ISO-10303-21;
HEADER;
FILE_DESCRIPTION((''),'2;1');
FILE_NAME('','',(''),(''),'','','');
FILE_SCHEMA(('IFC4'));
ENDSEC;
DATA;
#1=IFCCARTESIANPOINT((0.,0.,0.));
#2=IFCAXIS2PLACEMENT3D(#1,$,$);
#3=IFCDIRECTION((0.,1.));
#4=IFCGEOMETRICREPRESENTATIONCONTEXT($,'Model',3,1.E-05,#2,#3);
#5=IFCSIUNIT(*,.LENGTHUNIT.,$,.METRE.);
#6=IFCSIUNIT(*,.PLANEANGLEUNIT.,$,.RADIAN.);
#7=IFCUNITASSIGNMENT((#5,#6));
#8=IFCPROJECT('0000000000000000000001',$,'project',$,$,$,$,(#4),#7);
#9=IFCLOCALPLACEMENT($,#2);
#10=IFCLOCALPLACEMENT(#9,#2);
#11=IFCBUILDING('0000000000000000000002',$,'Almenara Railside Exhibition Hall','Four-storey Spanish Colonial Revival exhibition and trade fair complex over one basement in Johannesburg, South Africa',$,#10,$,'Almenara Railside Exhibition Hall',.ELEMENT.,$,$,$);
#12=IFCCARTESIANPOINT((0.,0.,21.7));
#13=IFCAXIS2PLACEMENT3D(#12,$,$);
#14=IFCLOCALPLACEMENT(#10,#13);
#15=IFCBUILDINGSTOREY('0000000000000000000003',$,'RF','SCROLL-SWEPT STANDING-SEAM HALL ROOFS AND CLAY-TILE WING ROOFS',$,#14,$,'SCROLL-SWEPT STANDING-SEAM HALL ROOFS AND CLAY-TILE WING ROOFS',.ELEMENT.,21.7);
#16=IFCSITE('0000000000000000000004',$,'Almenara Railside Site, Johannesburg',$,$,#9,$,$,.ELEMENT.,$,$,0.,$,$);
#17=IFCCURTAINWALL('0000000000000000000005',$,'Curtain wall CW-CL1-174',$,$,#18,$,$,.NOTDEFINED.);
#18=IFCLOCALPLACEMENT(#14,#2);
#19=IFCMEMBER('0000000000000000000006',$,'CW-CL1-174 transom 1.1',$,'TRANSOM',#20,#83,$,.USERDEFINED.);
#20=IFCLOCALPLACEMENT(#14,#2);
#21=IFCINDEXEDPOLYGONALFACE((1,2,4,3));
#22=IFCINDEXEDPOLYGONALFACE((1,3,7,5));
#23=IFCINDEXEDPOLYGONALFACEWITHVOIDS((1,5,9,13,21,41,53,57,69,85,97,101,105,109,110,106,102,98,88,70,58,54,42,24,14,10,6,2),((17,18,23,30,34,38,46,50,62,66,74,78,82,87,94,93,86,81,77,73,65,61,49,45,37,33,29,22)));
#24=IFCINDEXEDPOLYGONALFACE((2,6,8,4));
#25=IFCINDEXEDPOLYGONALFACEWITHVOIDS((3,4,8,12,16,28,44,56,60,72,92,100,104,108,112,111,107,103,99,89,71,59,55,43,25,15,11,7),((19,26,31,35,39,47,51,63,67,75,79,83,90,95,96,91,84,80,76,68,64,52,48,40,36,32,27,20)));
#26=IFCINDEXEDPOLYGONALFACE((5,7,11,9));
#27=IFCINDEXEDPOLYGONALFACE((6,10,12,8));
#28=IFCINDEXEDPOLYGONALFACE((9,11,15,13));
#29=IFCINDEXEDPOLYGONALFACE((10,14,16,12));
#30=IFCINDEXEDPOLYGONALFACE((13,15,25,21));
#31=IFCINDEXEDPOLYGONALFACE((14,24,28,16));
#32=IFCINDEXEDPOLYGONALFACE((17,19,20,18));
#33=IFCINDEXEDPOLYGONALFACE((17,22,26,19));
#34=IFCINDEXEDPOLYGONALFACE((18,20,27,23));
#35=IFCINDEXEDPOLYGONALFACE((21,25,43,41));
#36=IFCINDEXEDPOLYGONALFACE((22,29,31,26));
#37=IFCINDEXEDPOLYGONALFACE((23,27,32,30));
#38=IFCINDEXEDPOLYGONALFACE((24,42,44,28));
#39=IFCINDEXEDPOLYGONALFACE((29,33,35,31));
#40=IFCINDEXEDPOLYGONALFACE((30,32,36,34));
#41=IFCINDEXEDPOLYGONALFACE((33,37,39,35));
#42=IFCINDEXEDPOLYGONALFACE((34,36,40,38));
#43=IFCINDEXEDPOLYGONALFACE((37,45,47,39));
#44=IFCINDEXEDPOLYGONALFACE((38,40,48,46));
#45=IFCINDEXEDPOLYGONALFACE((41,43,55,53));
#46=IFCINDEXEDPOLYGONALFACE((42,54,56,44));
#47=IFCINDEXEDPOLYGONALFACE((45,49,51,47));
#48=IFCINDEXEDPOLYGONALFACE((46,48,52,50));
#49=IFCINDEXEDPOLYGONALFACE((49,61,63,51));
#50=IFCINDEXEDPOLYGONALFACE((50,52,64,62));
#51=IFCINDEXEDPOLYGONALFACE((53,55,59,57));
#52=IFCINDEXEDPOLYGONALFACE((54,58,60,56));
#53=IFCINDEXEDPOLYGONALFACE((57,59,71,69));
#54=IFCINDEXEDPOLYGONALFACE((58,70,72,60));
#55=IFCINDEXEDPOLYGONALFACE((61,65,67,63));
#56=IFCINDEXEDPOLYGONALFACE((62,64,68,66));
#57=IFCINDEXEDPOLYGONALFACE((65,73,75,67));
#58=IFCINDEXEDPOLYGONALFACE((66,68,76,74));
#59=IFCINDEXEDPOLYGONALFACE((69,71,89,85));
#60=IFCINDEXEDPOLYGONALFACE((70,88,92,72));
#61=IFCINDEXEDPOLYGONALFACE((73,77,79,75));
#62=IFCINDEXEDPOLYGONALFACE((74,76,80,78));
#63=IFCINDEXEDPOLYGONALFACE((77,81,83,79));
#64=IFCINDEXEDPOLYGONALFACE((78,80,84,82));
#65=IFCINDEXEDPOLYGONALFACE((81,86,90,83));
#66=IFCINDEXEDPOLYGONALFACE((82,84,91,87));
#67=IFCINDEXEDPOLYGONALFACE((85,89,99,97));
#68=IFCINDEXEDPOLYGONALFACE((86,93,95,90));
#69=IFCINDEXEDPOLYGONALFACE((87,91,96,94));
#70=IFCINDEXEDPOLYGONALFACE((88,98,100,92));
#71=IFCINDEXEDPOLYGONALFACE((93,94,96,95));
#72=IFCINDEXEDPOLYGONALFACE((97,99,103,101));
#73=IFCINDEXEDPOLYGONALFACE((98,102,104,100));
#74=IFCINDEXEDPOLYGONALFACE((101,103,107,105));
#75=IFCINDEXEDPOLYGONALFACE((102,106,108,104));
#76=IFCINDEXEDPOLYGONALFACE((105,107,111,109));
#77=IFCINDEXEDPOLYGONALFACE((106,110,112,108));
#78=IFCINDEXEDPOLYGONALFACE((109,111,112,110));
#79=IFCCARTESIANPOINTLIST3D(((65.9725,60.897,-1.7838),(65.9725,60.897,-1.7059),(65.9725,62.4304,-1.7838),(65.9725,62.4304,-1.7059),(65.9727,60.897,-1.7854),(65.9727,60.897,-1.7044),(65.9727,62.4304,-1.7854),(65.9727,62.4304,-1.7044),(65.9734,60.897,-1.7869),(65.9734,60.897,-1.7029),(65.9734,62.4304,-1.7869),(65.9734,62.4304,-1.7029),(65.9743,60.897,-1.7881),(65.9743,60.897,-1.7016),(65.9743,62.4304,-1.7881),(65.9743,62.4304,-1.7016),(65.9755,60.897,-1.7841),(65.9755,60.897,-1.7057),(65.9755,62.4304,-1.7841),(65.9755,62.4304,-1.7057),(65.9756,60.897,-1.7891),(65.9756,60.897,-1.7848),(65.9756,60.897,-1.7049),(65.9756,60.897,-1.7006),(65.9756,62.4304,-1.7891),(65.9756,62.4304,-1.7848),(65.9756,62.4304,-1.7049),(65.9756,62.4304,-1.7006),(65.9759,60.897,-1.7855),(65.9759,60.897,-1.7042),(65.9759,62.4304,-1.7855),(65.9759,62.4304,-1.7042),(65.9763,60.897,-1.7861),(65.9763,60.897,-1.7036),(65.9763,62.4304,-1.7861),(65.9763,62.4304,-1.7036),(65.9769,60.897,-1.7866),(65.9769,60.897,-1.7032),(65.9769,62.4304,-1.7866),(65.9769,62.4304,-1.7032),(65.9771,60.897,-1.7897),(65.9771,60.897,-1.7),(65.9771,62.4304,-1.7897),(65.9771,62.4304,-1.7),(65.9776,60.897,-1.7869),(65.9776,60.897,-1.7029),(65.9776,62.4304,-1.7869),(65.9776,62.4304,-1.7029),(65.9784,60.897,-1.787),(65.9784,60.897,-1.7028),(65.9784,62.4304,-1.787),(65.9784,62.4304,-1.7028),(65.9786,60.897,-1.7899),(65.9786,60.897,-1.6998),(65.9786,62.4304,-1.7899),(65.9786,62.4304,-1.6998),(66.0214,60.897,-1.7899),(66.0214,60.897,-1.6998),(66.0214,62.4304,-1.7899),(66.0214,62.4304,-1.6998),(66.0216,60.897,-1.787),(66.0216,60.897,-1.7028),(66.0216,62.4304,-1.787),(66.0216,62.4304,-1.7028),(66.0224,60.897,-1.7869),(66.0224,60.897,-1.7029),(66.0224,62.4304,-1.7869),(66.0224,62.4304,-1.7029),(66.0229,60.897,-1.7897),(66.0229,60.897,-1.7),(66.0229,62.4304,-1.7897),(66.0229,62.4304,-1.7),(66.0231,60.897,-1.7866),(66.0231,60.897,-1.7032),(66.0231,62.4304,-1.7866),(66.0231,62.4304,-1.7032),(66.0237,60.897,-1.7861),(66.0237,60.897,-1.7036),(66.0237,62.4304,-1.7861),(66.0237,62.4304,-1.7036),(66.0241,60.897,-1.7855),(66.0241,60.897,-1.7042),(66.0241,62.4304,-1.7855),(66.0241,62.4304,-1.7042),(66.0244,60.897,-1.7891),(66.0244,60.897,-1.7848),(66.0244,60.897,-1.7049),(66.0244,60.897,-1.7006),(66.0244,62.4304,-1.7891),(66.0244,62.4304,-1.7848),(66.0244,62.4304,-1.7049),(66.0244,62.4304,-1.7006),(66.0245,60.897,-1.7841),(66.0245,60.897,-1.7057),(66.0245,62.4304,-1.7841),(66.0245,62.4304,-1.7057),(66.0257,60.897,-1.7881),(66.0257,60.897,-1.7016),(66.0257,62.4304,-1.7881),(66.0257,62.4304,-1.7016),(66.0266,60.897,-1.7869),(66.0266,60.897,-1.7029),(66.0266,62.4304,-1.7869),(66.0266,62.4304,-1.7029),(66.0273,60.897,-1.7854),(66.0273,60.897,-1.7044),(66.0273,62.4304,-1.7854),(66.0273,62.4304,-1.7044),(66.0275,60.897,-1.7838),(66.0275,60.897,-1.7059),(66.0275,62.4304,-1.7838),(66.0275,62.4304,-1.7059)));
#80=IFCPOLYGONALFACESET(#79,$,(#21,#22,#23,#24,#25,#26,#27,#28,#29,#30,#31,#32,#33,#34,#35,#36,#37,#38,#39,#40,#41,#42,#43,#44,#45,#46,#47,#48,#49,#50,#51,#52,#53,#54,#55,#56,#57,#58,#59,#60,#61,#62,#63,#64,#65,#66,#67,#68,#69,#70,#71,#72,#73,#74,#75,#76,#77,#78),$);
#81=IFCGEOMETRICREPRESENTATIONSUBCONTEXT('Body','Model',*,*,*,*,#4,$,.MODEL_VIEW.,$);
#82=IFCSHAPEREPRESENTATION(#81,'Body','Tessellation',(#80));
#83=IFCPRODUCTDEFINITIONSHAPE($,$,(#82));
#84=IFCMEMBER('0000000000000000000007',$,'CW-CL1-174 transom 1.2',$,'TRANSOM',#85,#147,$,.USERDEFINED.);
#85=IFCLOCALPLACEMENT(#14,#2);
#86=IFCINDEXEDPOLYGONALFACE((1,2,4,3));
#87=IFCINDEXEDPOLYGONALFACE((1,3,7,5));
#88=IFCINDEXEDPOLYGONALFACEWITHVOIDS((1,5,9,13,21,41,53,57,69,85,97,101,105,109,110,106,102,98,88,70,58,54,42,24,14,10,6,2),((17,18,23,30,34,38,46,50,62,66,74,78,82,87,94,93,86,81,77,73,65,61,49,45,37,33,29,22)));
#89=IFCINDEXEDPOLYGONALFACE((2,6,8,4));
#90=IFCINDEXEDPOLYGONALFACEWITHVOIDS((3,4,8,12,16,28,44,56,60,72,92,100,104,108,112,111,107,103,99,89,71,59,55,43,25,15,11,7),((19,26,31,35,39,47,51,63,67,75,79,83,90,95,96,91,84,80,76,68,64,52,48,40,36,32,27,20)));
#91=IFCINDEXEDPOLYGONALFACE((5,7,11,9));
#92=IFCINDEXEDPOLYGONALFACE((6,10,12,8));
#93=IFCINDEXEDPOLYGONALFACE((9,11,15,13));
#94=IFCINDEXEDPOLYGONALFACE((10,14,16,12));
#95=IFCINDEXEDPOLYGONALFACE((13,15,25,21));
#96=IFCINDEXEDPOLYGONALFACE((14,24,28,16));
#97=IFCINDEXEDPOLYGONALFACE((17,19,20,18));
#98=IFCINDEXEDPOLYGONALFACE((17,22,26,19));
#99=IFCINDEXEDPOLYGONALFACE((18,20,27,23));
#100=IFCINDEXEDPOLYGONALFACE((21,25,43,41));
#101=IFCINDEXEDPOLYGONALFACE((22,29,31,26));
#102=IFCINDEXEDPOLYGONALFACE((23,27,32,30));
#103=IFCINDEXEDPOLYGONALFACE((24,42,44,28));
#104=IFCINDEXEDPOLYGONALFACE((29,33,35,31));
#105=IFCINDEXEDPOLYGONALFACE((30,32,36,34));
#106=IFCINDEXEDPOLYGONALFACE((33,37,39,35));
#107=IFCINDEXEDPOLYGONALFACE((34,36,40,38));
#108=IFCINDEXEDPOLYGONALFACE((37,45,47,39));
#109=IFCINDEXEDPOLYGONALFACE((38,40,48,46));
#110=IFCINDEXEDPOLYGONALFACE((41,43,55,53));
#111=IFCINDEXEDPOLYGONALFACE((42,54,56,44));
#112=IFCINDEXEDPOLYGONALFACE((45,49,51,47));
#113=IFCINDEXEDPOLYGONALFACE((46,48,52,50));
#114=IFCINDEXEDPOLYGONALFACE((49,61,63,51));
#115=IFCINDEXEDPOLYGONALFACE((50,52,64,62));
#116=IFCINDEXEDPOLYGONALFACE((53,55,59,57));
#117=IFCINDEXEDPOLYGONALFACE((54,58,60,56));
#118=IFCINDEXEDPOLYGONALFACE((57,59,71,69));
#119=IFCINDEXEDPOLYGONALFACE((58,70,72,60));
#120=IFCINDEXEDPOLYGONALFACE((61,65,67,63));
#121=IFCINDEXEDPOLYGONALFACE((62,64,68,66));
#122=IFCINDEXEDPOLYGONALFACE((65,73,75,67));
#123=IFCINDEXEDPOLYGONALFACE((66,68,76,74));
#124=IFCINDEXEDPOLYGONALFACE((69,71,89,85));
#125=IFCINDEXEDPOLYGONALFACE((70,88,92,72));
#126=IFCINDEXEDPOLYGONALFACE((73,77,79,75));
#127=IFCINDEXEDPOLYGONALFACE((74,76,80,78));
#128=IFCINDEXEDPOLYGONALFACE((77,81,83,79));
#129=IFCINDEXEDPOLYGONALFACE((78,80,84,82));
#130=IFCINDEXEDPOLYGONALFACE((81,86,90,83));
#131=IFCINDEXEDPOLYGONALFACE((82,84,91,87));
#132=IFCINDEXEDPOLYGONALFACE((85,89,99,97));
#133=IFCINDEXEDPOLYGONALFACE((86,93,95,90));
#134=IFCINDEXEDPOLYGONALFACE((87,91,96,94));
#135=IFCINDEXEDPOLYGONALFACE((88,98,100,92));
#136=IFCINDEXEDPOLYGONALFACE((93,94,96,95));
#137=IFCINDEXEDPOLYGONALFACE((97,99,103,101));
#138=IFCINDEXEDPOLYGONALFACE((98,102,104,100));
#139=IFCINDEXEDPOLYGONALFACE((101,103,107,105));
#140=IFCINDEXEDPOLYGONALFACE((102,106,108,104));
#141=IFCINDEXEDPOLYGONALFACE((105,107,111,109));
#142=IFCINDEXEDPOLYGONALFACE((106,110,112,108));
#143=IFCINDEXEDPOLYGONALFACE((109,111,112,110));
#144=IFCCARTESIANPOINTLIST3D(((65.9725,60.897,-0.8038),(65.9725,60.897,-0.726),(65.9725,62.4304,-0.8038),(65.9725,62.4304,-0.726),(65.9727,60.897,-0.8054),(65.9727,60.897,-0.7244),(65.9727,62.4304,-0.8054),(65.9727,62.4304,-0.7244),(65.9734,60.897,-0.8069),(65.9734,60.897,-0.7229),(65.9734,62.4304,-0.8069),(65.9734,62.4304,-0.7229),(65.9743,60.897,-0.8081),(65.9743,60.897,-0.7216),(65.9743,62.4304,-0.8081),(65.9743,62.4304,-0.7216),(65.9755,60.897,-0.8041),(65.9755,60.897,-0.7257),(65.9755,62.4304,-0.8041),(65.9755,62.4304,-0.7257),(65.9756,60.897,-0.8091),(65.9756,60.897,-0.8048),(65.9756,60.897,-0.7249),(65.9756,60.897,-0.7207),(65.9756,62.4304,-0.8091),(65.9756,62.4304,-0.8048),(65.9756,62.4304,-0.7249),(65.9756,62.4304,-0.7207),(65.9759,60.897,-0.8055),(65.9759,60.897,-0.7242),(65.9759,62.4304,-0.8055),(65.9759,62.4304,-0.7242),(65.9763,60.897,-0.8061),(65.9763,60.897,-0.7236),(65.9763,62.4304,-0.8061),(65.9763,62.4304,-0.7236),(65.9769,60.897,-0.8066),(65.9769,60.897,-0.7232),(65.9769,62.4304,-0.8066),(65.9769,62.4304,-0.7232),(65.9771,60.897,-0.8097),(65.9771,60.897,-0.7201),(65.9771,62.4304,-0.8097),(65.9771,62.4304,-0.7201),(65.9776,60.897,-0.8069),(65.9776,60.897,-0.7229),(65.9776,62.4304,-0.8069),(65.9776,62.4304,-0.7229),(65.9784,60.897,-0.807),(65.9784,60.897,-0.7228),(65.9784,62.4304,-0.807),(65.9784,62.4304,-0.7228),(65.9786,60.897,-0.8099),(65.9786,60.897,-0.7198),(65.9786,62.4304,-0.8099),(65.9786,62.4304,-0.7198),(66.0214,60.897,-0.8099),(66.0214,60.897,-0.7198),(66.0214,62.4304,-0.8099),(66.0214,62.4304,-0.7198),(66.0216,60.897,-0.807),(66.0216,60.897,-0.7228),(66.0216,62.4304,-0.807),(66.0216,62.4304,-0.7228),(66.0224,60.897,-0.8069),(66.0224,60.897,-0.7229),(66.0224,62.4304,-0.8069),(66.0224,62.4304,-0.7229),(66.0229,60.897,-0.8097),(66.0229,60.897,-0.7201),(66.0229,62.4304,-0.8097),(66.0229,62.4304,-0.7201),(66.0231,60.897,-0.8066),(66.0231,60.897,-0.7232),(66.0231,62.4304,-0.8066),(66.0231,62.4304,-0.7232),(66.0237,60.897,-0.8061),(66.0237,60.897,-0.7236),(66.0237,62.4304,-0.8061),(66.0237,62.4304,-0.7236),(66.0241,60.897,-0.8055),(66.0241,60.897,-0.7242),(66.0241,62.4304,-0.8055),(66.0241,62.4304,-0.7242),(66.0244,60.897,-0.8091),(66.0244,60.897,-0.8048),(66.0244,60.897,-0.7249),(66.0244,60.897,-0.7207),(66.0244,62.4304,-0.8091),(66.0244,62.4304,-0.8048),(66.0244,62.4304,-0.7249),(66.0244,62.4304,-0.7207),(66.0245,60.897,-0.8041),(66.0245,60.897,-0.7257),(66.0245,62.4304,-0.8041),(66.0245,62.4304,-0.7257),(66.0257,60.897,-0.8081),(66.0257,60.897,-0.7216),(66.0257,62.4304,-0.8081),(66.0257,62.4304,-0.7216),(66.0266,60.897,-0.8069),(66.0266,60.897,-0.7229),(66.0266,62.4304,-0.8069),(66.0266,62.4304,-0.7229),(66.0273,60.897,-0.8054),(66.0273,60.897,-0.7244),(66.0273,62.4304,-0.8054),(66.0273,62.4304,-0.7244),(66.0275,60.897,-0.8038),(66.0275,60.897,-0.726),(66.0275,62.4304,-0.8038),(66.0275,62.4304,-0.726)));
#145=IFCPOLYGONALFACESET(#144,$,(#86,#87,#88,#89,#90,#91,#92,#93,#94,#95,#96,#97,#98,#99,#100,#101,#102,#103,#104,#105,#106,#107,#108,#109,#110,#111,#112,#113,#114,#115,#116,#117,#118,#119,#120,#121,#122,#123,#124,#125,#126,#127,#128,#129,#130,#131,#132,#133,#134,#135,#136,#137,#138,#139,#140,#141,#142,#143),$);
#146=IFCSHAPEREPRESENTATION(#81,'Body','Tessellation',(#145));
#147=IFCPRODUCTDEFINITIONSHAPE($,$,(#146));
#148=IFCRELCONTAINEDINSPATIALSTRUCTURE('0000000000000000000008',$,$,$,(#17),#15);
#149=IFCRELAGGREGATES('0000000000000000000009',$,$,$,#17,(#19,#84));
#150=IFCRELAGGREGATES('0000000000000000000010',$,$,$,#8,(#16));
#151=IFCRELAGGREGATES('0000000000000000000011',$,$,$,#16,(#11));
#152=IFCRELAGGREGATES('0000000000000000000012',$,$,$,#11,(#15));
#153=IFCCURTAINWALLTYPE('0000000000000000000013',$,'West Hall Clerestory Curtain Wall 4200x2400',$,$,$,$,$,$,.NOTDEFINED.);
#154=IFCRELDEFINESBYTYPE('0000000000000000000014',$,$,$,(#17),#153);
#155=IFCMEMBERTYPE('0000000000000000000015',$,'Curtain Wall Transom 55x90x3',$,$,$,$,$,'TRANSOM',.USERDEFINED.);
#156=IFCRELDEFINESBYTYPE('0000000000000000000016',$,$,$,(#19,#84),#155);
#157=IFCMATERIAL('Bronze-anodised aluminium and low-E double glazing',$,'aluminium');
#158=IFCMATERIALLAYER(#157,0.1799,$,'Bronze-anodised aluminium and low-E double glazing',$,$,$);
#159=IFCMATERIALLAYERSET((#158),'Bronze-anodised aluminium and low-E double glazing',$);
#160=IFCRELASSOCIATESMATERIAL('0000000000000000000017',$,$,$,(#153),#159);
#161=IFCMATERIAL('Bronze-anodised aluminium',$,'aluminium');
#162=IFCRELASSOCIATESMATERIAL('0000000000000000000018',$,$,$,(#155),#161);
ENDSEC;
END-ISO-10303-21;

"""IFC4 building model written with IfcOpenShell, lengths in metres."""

from ifc_helpers import new_model, si_unit, direction, frame, origin, origin_2d, place, context, subcontext, project, spatial, hollow_rectangle, extrude, material, layer, layer_set, material_profile, profile_set, type_object, element, aggregate, save


model = new_model("IFC4")

# Units and contexts
model_context = context("Model", 3, precision=1e-05, world=origin(), true_north=direction((0.0, 1.0)))
body_context = subcontext(model_context, "Body", "Model", "MODEL_VIEW")
ifc_project = project(units=[si_unit("LENGTHUNIT", "METRE"), si_unit("PLANEANGLEUNIT", "RADIAN")], contexts=[model_context])

# Site, building, storey
site_placement = place(None, origin())
site = spatial("IfcSite", under=ifc_project, at=site_placement, Name="Almenara Railside Site, Johannesburg", CompositionType="ELEMENT", RefElevation=0.0)
building_placement = place(site_placement, origin())
building = spatial("IfcBuilding", under=site, at=building_placement, Name="Almenara Railside Exhibition Hall", Description="Four-storey Spanish Colonial Revival exhibition and trade fair complex over one basement in Johannesburg, South Africa", LongName="Almenara Railside Exhibition Hall", CompositionType="ELEMENT")
storey_placement = place(building_placement, frame((0.0, 0.0, 21.7)))
storey = spatial("IfcBuildingStorey", under=building, at=storey_placement, Name="RF", Description="SCROLL-SWEPT STANDING-SEAM HALL ROOFS AND CLAY-TILE WING ROOFS", LongName="SCROLL-SWEPT STANDING-SEAM HALL ROOFS AND CLAY-TILE WING ROOFS", CompositionType="ELEMENT", Elevation=21.7)

# Curtain wall
ifc_material_1 = material(Name="Bronze-anodised aluminium and low-E double glazing", Category="aluminium")
ifc_layer_1 = layer(ifc_material_1, 0.1799, Name="Bronze-anodised aluminium and low-E double glazing")
ifc_layer_set_1 = layer_set([ifc_layer_1], Name="Bronze-anodised aluminium and low-E double glazing")
curtain_wall_type = type_object("IfcCurtainWallType", Name="West Hall Clerestory Curtain Wall 4200x2400", PredefinedType="NOTDEFINED", material=ifc_layer_set_1)
curtain_wall_1_placement = place(storey_placement, origin())
curtain_wall_1 = element("IfcCurtainWall", 1, at=curtain_wall_1_placement, inside=storey, type_object=curtain_wall_type, Name="Curtain wall CW-CL1-174", PredefinedType="NOTDEFINED")
ifc_material_2 = material(Name="Bronze-anodised aluminium", Category="aluminium")

# Members
ifc_material_profile_1 = material_profile(ifc_material_2, hollow_rectangle(XDim=0.0549, YDim=0.0901, WallThickness=0.0029, InnerFilletRadius=0.0029, OuterFilletRadius=0.0061, at=origin_2d()), Name="ALU-TRN 55x90x3")
ifc_profile_set_1 = profile_set([ifc_material_profile_1], Name="Bronze-anodised aluminium")
member_type_1 = type_object("IfcMemberType", Name="Curtain Wall Transom 55x90x3", ElementType="TRANSOM", PredefinedType="USERDEFINED", material=ifc_profile_set_1)
member_1_placement = place(storey_placement, frame((66.0, 60.897, -1.7449), z_axis=(0.0, 1.0, 0.0), x_axis=(-1.0, 0.0, 0.0)))
member_1 = element("IfcMember", 2, at=member_1_placement, type_object=member_type_1, Name="CW-CL1-174 transom 1.1", ObjectType="TRANSOM", PredefinedType="USERDEFINED", context=body_context, shape_type="SweptSolid", body=[
    extrude(hollow_rectangle(XDim=0.0549, YDim=0.0901, WallThickness=0.0029, InnerFilletRadius=0.0029, OuterFilletRadius=0.0061, at=origin_2d()), origin(), (0.0, 0.0, 1.0), 1.5334),
])
member_2_placement = place(storey_placement, frame((66.0, 60.897, -0.7649), z_axis=(0.0, 1.0, 0.0), x_axis=(-1.0, 0.0, 0.0)))
member_2 = element("IfcMember", 3, at=member_2_placement, type_object=member_type_1, Name="CW-CL1-174 transom 1.2", ObjectType="TRANSOM", PredefinedType="USERDEFINED", context=body_context, shape_type="SweptSolid", body=[
    extrude(hollow_rectangle(XDim=0.0549, YDim=0.0901, WallThickness=0.0029, InnerFilletRadius=0.0029, OuterFilletRadius=0.0061, at=origin_2d()), origin(), (0.0, 0.0, 1.0), 1.5334),
])

aggregate(curtain_wall_1, [member_1, member_2])

save(model, "model.ifc")
